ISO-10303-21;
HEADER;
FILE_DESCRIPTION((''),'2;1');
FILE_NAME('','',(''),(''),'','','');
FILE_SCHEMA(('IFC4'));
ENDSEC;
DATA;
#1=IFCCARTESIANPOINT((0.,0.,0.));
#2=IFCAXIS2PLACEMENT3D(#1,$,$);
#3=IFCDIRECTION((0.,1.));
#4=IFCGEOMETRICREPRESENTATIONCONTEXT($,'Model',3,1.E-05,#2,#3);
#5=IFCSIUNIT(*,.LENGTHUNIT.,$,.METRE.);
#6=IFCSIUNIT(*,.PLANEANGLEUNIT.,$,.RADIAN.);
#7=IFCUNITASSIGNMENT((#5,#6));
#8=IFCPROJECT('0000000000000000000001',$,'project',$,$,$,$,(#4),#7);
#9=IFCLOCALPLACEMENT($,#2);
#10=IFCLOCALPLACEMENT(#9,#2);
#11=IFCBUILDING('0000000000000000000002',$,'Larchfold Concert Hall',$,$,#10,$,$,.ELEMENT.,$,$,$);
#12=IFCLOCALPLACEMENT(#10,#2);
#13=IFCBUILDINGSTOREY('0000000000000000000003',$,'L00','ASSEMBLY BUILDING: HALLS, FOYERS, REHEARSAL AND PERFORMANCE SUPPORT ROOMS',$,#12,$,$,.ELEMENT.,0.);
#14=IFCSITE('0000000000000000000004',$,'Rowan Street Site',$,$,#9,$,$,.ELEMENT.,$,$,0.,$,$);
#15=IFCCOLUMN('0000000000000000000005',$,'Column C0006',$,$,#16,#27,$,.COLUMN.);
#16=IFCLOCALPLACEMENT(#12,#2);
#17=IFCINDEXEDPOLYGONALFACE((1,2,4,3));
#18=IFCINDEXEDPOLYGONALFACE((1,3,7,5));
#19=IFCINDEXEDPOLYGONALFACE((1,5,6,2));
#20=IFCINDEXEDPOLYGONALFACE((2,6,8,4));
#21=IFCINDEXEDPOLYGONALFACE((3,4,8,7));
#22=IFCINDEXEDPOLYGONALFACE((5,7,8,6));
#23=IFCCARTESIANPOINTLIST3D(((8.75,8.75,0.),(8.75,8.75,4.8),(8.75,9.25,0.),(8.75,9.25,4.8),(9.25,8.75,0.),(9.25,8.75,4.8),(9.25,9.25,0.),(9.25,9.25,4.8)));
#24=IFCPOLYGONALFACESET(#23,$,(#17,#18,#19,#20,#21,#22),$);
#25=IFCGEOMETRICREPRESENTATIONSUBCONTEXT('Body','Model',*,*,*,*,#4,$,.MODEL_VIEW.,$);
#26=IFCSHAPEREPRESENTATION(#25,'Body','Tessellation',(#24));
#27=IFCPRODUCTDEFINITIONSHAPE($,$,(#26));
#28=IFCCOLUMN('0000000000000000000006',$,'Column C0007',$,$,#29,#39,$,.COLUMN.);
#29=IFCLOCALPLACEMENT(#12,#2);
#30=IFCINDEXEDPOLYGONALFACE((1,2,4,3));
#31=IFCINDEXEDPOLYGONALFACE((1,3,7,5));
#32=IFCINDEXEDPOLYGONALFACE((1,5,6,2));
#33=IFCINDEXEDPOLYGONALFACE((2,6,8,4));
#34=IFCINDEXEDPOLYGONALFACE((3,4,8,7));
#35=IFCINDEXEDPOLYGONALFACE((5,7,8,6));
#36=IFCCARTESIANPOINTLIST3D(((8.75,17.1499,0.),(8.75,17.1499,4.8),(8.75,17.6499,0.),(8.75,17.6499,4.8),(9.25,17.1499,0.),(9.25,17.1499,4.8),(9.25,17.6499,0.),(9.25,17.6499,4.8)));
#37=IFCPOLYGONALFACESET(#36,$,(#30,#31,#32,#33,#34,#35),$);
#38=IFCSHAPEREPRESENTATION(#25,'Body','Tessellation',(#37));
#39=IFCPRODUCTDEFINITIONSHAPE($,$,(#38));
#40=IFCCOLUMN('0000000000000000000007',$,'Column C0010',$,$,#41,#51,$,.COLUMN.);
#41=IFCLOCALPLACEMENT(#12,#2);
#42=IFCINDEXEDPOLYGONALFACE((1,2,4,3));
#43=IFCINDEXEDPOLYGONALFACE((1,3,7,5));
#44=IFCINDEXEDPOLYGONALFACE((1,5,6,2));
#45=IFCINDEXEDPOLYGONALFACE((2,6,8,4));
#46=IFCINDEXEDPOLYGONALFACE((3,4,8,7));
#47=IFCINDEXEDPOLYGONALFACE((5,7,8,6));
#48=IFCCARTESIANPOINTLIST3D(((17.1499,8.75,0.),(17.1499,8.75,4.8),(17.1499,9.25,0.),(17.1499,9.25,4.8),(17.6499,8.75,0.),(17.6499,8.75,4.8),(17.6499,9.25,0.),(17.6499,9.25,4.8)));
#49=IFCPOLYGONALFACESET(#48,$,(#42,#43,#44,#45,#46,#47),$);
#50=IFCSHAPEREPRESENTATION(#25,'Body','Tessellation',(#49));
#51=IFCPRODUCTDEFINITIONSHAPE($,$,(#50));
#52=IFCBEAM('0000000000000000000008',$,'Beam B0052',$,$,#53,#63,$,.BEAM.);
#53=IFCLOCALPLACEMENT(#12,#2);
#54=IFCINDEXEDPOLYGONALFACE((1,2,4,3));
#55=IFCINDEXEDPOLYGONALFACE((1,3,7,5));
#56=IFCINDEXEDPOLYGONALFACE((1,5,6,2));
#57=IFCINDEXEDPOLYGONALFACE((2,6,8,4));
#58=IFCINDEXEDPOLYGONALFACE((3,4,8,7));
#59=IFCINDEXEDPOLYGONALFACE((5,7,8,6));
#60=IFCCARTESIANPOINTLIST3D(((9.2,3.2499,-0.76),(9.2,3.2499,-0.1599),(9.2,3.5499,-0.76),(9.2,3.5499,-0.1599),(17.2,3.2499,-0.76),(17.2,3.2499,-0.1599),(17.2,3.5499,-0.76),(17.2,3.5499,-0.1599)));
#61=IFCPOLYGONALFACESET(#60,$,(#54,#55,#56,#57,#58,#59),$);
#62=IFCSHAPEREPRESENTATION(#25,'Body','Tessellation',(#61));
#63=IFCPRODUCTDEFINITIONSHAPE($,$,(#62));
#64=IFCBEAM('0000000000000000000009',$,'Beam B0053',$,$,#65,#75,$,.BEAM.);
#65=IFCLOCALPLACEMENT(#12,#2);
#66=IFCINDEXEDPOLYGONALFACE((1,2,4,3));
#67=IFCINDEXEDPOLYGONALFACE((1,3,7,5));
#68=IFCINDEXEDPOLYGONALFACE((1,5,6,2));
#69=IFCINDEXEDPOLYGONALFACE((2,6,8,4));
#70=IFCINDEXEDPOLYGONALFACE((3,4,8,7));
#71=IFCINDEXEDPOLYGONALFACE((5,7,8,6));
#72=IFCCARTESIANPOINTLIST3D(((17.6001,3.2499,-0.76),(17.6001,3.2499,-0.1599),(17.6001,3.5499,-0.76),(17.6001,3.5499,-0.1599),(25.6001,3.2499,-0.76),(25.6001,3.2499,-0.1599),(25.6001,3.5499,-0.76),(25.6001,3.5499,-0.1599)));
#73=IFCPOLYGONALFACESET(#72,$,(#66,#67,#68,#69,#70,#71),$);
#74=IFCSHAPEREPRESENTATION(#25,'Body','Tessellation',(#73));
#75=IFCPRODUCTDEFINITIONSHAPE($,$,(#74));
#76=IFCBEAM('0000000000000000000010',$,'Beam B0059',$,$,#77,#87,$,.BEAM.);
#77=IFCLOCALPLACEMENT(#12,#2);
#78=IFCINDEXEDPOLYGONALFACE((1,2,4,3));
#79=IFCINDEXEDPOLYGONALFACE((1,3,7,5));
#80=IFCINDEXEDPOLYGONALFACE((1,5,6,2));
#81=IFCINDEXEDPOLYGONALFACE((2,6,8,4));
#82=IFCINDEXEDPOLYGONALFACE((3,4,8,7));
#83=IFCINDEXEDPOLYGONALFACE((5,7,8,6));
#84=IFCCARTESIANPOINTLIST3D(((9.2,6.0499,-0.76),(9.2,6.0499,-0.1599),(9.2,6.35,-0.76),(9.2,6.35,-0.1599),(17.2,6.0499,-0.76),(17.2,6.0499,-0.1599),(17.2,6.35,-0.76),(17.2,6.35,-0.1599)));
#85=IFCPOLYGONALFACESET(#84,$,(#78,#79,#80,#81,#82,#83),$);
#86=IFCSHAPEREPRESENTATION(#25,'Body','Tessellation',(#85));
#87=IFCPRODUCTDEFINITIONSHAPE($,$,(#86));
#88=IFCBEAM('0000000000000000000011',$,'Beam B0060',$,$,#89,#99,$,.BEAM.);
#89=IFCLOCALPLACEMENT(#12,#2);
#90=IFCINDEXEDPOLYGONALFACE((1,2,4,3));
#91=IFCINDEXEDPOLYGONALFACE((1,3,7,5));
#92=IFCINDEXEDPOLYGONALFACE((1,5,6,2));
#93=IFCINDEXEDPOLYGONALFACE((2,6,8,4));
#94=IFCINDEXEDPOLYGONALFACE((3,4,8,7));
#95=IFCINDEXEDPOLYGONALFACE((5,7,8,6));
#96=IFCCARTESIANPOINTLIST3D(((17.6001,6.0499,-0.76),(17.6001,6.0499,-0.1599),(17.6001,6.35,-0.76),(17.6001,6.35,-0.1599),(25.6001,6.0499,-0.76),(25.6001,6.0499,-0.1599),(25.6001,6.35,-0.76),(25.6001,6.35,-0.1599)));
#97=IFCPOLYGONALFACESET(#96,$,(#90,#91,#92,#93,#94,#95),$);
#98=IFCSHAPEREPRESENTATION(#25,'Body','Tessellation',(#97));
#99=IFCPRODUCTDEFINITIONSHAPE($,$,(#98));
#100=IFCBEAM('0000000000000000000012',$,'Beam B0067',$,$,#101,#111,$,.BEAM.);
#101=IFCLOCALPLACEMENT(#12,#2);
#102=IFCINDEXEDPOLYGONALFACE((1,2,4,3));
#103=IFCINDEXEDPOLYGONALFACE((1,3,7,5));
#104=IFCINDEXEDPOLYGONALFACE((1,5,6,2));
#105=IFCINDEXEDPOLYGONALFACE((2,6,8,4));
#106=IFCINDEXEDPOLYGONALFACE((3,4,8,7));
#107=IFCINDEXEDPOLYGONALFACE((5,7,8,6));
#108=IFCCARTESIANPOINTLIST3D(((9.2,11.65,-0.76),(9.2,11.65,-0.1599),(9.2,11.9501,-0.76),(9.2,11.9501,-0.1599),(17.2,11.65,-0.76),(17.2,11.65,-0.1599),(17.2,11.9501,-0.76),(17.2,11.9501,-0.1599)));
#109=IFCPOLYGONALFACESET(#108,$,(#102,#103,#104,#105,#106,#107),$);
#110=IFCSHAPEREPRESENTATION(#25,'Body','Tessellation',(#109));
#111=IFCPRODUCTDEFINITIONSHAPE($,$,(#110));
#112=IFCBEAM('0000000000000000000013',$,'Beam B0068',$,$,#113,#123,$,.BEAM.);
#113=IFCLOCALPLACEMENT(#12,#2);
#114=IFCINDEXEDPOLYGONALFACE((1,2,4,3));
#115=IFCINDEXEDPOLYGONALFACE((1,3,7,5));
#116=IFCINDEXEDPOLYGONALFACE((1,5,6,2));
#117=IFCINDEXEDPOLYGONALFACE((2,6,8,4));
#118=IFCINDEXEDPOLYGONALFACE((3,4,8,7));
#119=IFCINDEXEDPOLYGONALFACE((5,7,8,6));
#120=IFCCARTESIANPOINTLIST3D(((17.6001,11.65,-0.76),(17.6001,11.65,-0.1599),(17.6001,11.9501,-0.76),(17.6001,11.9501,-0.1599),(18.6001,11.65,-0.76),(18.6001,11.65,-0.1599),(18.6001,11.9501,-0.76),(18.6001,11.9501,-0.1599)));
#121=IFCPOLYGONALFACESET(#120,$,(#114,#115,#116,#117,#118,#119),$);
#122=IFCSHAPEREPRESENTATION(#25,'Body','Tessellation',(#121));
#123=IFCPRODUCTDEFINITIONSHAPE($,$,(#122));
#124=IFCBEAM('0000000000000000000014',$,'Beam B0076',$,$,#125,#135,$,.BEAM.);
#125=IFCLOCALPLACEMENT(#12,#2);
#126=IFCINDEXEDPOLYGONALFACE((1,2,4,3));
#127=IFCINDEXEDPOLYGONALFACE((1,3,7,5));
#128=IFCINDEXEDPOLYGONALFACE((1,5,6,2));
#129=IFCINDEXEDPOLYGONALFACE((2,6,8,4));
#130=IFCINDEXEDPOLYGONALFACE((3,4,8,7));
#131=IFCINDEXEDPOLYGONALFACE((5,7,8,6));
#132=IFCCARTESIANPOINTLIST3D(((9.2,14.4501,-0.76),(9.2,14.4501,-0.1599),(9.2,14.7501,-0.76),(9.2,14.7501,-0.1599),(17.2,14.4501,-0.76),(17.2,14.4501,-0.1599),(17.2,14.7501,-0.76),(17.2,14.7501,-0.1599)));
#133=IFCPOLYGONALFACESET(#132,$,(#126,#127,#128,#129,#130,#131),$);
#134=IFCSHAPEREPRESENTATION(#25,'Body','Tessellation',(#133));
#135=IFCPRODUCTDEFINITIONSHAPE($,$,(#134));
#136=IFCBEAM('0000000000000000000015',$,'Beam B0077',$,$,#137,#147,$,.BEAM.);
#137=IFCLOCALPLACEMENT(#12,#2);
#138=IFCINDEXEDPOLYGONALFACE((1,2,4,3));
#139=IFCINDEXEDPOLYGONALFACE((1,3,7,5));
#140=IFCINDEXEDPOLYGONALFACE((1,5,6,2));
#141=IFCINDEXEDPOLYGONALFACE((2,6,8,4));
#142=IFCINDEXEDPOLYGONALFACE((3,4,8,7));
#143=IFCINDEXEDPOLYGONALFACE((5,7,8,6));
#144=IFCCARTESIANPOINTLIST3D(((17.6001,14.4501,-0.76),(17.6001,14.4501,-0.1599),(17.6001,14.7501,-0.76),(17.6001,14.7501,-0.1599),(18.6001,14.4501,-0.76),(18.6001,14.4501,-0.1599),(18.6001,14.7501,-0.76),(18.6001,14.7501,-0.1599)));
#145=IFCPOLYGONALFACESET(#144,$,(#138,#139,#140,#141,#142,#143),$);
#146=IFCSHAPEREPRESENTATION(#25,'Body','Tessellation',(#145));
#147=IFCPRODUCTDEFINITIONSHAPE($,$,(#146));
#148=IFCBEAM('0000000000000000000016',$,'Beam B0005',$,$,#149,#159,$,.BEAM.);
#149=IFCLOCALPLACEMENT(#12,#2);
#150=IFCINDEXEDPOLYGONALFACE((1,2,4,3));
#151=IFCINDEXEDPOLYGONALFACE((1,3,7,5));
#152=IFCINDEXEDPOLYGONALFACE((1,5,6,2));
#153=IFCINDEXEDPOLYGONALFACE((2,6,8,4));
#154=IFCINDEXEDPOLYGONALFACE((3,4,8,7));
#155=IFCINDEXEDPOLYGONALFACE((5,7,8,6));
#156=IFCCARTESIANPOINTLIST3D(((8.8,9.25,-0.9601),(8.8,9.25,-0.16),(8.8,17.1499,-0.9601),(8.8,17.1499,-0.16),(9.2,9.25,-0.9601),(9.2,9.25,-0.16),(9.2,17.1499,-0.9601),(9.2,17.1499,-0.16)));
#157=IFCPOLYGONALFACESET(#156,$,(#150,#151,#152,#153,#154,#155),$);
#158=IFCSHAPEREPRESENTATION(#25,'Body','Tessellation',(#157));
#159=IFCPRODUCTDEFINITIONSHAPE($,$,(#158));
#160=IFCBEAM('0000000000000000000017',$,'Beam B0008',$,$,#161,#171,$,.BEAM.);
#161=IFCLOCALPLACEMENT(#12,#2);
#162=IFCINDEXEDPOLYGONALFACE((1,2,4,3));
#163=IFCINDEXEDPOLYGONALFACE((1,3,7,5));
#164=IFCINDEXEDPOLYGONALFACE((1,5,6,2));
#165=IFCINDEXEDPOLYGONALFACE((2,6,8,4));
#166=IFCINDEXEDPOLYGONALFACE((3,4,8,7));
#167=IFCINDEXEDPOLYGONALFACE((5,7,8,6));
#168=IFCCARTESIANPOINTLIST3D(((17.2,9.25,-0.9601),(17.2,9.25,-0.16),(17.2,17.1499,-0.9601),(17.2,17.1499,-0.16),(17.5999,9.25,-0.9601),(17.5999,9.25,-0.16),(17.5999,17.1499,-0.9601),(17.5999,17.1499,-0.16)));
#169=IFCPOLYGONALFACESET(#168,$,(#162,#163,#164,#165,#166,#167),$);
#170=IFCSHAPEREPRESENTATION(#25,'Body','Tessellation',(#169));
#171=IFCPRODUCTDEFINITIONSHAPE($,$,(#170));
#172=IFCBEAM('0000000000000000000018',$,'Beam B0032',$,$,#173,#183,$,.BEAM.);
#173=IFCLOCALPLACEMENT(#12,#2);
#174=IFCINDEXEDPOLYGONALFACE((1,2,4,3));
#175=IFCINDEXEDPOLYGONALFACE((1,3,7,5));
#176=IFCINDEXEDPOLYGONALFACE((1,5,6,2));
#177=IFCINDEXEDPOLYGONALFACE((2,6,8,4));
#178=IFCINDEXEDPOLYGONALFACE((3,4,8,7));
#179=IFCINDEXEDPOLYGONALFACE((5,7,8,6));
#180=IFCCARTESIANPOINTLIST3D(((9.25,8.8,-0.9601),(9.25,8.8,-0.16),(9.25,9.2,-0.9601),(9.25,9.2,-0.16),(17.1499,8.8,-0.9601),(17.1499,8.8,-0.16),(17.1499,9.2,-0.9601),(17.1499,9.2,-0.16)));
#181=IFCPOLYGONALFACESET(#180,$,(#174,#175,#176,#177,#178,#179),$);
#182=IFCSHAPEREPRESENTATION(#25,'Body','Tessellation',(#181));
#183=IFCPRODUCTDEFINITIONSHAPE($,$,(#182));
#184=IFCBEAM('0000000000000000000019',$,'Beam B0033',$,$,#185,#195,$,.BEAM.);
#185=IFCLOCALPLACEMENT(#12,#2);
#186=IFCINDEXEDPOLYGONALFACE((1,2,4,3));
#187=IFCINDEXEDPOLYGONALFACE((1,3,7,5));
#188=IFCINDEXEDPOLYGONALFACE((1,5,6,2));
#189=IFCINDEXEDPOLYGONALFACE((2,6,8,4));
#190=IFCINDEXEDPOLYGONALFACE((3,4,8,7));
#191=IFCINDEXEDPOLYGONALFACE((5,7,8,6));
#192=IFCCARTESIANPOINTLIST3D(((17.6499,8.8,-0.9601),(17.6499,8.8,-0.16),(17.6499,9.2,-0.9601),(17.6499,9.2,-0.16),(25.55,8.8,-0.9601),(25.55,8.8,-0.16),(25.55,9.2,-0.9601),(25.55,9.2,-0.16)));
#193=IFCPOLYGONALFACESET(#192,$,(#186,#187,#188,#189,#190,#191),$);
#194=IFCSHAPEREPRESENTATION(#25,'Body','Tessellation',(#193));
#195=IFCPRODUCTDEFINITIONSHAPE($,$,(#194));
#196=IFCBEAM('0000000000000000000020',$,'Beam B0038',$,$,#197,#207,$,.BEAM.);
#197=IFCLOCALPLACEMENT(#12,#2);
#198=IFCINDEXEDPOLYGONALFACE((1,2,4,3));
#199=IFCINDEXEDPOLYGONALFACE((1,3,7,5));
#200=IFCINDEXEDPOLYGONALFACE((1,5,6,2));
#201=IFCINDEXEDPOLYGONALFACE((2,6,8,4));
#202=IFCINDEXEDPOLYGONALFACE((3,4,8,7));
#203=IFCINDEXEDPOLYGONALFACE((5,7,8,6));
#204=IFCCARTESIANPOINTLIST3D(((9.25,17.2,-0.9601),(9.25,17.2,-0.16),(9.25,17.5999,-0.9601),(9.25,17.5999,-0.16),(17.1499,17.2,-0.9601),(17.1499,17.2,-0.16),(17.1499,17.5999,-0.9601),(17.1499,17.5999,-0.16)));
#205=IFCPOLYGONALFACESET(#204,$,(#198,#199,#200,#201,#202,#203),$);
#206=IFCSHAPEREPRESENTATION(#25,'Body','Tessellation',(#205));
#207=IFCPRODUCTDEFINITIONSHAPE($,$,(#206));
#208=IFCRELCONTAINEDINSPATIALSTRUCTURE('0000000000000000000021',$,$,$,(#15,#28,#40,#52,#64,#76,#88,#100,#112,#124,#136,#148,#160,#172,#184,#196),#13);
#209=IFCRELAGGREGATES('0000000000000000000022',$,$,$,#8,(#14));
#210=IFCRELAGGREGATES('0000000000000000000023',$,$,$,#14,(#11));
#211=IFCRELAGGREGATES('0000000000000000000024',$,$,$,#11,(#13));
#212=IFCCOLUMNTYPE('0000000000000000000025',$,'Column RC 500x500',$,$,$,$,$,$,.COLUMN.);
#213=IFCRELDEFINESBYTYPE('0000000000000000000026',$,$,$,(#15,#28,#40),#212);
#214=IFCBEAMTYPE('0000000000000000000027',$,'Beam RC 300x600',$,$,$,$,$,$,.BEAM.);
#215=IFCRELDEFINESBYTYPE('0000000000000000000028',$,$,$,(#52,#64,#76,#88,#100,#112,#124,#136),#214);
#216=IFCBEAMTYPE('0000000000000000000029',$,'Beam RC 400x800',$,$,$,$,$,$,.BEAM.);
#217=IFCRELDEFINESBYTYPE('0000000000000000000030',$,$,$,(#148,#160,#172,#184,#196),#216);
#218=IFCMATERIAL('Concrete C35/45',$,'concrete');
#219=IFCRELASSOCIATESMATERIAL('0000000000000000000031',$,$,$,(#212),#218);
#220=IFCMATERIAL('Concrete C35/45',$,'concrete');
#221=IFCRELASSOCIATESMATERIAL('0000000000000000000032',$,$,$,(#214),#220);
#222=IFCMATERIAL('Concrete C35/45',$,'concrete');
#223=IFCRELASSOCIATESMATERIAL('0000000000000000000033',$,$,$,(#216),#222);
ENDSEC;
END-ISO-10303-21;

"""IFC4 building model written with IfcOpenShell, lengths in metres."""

from ifc_helpers import new_model, si_unit, direction, frame, origin, origin_2d, place, context, subcontext, project, spatial, rectangle, extrude, material, material_profile, profile_set, type_object, element, save


model = new_model("IFC4")

# Units and contexts
model_context = context("Model", 3, precision=1e-05, world=origin(), true_north=direction((0.0, 1.0)))
body_context = subcontext(model_context, "Body", "Model", "MODEL_VIEW")
ifc_project = project(units=[si_unit("LENGTHUNIT", "METRE"), si_unit("PLANEANGLEUNIT", "RADIAN")], contexts=[model_context])

# Site, building, storey
site_placement = place(None, origin())
site = spatial("IfcSite", under=ifc_project, at=site_placement, Name="Rowan Street Site", CompositionType="ELEMENT", RefElevation=0.0)
building_placement = place(site_placement, origin())
building = spatial("IfcBuilding", under=site, at=building_placement, Name="Larchfold Concert Hall", CompositionType="ELEMENT")
storey_placement = place(building_placement, origin())
storey = spatial("IfcBuildingStorey", under=building, at=storey_placement, Name="L00", Description="ASSEMBLY BUILDING: HALLS, FOYERS, REHEARSAL AND PERFORMANCE SUPPORT ROOMS", CompositionType="ELEMENT", Elevation=0.0)

# Columns
ifc_material_1 = material(Name="Concrete C35/45", Category="concrete")
ifc_material_profile_1 = material_profile(ifc_material_1, rectangle(XDim=0.5, YDim=0.5, at=origin_2d()))
ifc_profile_set_1 = profile_set([ifc_material_profile_1], Name="Concrete C35/45")
column_type = type_object("IfcColumnType", Name="Column RC 500x500", PredefinedType="COLUMN", material=ifc_profile_set_1)
for number, where, z_axis, x_axis, name in (
    (1, (9.0, 9.0, 0.0), (0.0, 0.0, 1.0), (1.0, 0.0, 0.0), "Column C0006"),
    (2, (9.0, 17.3999, 0.0), (0.0, 0.0, 1.0), (1.0, 0.0, 0.0), "Column C0007"),
    (3, (17.3999, 9.0, 0.0), (0.0, 0.0, 1.0), (1.0, 0.0, 0.0), "Column C0010"),
):
    element("IfcColumn", number, at=place(storey_placement, frame(where, z_axis=z_axis, x_axis=x_axis)), inside=storey, type_object=column_type, Name=name, PredefinedType="COLUMN", context=body_context, shape_type="SweptSolid", body=[
        extrude(rectangle(XDim=0.5, YDim=0.5, at=origin_2d()), origin(), (0.0, 0.0, 1.0), 4.8),
    ])

# Beams
ifc_material_2 = material(Name="Concrete C35/45", Category="concrete")
ifc_material_profile_2 = material_profile(ifc_material_2, rectangle(XDim=0.3, YDim=0.6001, at=origin_2d()))
ifc_profile_set_2 = profile_set([ifc_material_profile_2], Name="Concrete C35/45")
beam_type_1 = type_object("IfcBeamType", Name="Beam RC 300x600", PredefinedType="BEAM", material=ifc_profile_set_2)
for number, where, z_axis, x_axis, name in (
    (4, (9.2, 3.3999, -0.46), (1.0, 0.0, 0.0), (0.0, 1.0, 0.0), "Beam B0052"),
    (5, (17.6001, 3.3999, -0.46), (1.0, 0.0, 0.0), (0.0, 1.0, 0.0), "Beam B0053"),
    (6, (9.2, 6.2, -0.46), (1.0, 0.0, 0.0), (0.0, 1.0, 0.0), "Beam B0059"),
    (7, (17.6001, 6.2, -0.46), (1.0, 0.0, 0.0), (0.0, 1.0, 0.0), "Beam B0060"),
    (8, (9.2, 11.8, -0.46), (1.0, 0.0, 0.0), (0.0, 1.0, 0.0), "Beam B0067"),
):
    element("IfcBeam", number, at=place(storey_placement, frame(where, z_axis=z_axis, x_axis=x_axis)), inside=storey, type_object=beam_type_1, Name=name, PredefinedType="BEAM", context=body_context, shape_type="SweptSolid", body=[
        extrude(rectangle(XDim=0.3, YDim=0.6001, at=origin_2d()), origin(), (0.0, 0.0, 1.0), 8.0),
    ])
beam_1_placement = place(storey_placement, frame((17.6001, 11.8, -0.46), z_axis=(1.0, 0.0, 0.0), x_axis=(0.0, 1.0, 0.0)))
element("IfcBeam", 9, at=beam_1_placement, inside=storey, type_object=beam_type_1, Name="Beam B0068", PredefinedType="BEAM", context=body_context, shape_type="SweptSolid", body=[
    extrude(rectangle(XDim=0.3, YDim=0.6001, at=origin_2d()), origin(), (0.0, 0.0, 1.0), 1.0),
])
beam_2_placement = place(storey_placement, frame((9.2, 14.6001, -0.46), z_axis=(1.0, 0.0, 0.0), x_axis=(0.0, 1.0, 0.0)))
element("IfcBeam", 10, at=beam_2_placement, inside=storey, type_object=beam_type_1, Name="Beam B0076", PredefinedType="BEAM", context=body_context, shape_type="SweptSolid", body=[
    extrude(rectangle(XDim=0.3, YDim=0.6001, at=origin_2d()), origin(), (0.0, 0.0, 1.0), 8.0),
])
beam_3_placement = place(storey_placement, frame((17.6001, 14.6001, -0.46), z_axis=(1.0, 0.0, 0.0), x_axis=(0.0, 1.0, 0.0)))
element("IfcBeam", 11, at=beam_3_placement, inside=storey, type_object=beam_type_1, Name="Beam B0077", PredefinedType="BEAM", context=body_context, shape_type="SweptSolid", body=[
    extrude(rectangle(XDim=0.3, YDim=0.6001, at=origin_2d()), origin(), (0.0, 0.0, 1.0), 1.0),
])
ifc_material_3 = material(Name="Concrete C35/45", Category="concrete")
ifc_material_profile_3 = material_profile(ifc_material_3, rectangle(XDim=0.3999, YDim=0.8, at=origin_2d()))
ifc_profile_set_3 = profile_set([ifc_material_profile_3], Name="Concrete C35/45")
beam_type_2 = type_object("IfcBeamType", Name="Beam RC 400x800", PredefinedType="BEAM", material=ifc_profile_set_3)
for number, where, z_axis, x_axis, name in (
    (12, (9.0, 9.25, -0.5601), (0.0, 1.0, 0.0), (-1.0, 0.0, 0.0), "Beam B0005"),
    (13, (17.3999, 9.25, -0.5601), (0.0, 1.0, 0.0), (-1.0, 0.0, 0.0), "Beam B0008"),
    (14, (9.25, 9.0, -0.5601), (1.0, 0.0, 0.0), (0.0, 1.0, 0.0), "Beam B0032"),
):
    element("IfcBeam", number, at=place(storey_placement, frame(where, z_axis=z_axis, x_axis=x_axis)), inside=storey, type_object=beam_type_2, Name=name, PredefinedType="BEAM", context=body_context, shape_type="SweptSolid", body=[
        extrude(rectangle(XDim=0.3999, YDim=0.8, at=origin_2d()), origin(), (0.0, 0.0, 1.0), 7.8999),
    ])
beam_4_placement = place(storey_placement, frame((17.6499, 9.0, -0.5601), z_axis=(1.0, 0.0, 0.0), x_axis=(0.0, 1.0, 0.0)))
element("IfcBeam", 15, at=beam_4_placement, inside=storey, type_object=beam_type_2, Name="Beam B0033", PredefinedType="BEAM", context=body_context, shape_type="SweptSolid", body=[
    extrude(rectangle(XDim=0.3999, YDim=0.8, at=origin_2d()), origin(), (0.0, 0.0, 1.0), 7.9001),
])
beam_5_placement = place(storey_placement, frame((9.25, 17.3999, -0.5601), z_axis=(1.0, 0.0, 0.0), x_axis=(0.0, 1.0, 0.0)))
element("IfcBeam", 16, at=beam_5_placement, inside=storey, type_object=beam_type_2, Name="Beam B0038", PredefinedType="BEAM", context=body_context, shape_type="SweptSolid", body=[
    extrude(rectangle(XDim=0.3999, YDim=0.8, at=origin_2d()), origin(), (0.0, 0.0, 1.0), 7.8999),
])

save(model, "model.ifc")
